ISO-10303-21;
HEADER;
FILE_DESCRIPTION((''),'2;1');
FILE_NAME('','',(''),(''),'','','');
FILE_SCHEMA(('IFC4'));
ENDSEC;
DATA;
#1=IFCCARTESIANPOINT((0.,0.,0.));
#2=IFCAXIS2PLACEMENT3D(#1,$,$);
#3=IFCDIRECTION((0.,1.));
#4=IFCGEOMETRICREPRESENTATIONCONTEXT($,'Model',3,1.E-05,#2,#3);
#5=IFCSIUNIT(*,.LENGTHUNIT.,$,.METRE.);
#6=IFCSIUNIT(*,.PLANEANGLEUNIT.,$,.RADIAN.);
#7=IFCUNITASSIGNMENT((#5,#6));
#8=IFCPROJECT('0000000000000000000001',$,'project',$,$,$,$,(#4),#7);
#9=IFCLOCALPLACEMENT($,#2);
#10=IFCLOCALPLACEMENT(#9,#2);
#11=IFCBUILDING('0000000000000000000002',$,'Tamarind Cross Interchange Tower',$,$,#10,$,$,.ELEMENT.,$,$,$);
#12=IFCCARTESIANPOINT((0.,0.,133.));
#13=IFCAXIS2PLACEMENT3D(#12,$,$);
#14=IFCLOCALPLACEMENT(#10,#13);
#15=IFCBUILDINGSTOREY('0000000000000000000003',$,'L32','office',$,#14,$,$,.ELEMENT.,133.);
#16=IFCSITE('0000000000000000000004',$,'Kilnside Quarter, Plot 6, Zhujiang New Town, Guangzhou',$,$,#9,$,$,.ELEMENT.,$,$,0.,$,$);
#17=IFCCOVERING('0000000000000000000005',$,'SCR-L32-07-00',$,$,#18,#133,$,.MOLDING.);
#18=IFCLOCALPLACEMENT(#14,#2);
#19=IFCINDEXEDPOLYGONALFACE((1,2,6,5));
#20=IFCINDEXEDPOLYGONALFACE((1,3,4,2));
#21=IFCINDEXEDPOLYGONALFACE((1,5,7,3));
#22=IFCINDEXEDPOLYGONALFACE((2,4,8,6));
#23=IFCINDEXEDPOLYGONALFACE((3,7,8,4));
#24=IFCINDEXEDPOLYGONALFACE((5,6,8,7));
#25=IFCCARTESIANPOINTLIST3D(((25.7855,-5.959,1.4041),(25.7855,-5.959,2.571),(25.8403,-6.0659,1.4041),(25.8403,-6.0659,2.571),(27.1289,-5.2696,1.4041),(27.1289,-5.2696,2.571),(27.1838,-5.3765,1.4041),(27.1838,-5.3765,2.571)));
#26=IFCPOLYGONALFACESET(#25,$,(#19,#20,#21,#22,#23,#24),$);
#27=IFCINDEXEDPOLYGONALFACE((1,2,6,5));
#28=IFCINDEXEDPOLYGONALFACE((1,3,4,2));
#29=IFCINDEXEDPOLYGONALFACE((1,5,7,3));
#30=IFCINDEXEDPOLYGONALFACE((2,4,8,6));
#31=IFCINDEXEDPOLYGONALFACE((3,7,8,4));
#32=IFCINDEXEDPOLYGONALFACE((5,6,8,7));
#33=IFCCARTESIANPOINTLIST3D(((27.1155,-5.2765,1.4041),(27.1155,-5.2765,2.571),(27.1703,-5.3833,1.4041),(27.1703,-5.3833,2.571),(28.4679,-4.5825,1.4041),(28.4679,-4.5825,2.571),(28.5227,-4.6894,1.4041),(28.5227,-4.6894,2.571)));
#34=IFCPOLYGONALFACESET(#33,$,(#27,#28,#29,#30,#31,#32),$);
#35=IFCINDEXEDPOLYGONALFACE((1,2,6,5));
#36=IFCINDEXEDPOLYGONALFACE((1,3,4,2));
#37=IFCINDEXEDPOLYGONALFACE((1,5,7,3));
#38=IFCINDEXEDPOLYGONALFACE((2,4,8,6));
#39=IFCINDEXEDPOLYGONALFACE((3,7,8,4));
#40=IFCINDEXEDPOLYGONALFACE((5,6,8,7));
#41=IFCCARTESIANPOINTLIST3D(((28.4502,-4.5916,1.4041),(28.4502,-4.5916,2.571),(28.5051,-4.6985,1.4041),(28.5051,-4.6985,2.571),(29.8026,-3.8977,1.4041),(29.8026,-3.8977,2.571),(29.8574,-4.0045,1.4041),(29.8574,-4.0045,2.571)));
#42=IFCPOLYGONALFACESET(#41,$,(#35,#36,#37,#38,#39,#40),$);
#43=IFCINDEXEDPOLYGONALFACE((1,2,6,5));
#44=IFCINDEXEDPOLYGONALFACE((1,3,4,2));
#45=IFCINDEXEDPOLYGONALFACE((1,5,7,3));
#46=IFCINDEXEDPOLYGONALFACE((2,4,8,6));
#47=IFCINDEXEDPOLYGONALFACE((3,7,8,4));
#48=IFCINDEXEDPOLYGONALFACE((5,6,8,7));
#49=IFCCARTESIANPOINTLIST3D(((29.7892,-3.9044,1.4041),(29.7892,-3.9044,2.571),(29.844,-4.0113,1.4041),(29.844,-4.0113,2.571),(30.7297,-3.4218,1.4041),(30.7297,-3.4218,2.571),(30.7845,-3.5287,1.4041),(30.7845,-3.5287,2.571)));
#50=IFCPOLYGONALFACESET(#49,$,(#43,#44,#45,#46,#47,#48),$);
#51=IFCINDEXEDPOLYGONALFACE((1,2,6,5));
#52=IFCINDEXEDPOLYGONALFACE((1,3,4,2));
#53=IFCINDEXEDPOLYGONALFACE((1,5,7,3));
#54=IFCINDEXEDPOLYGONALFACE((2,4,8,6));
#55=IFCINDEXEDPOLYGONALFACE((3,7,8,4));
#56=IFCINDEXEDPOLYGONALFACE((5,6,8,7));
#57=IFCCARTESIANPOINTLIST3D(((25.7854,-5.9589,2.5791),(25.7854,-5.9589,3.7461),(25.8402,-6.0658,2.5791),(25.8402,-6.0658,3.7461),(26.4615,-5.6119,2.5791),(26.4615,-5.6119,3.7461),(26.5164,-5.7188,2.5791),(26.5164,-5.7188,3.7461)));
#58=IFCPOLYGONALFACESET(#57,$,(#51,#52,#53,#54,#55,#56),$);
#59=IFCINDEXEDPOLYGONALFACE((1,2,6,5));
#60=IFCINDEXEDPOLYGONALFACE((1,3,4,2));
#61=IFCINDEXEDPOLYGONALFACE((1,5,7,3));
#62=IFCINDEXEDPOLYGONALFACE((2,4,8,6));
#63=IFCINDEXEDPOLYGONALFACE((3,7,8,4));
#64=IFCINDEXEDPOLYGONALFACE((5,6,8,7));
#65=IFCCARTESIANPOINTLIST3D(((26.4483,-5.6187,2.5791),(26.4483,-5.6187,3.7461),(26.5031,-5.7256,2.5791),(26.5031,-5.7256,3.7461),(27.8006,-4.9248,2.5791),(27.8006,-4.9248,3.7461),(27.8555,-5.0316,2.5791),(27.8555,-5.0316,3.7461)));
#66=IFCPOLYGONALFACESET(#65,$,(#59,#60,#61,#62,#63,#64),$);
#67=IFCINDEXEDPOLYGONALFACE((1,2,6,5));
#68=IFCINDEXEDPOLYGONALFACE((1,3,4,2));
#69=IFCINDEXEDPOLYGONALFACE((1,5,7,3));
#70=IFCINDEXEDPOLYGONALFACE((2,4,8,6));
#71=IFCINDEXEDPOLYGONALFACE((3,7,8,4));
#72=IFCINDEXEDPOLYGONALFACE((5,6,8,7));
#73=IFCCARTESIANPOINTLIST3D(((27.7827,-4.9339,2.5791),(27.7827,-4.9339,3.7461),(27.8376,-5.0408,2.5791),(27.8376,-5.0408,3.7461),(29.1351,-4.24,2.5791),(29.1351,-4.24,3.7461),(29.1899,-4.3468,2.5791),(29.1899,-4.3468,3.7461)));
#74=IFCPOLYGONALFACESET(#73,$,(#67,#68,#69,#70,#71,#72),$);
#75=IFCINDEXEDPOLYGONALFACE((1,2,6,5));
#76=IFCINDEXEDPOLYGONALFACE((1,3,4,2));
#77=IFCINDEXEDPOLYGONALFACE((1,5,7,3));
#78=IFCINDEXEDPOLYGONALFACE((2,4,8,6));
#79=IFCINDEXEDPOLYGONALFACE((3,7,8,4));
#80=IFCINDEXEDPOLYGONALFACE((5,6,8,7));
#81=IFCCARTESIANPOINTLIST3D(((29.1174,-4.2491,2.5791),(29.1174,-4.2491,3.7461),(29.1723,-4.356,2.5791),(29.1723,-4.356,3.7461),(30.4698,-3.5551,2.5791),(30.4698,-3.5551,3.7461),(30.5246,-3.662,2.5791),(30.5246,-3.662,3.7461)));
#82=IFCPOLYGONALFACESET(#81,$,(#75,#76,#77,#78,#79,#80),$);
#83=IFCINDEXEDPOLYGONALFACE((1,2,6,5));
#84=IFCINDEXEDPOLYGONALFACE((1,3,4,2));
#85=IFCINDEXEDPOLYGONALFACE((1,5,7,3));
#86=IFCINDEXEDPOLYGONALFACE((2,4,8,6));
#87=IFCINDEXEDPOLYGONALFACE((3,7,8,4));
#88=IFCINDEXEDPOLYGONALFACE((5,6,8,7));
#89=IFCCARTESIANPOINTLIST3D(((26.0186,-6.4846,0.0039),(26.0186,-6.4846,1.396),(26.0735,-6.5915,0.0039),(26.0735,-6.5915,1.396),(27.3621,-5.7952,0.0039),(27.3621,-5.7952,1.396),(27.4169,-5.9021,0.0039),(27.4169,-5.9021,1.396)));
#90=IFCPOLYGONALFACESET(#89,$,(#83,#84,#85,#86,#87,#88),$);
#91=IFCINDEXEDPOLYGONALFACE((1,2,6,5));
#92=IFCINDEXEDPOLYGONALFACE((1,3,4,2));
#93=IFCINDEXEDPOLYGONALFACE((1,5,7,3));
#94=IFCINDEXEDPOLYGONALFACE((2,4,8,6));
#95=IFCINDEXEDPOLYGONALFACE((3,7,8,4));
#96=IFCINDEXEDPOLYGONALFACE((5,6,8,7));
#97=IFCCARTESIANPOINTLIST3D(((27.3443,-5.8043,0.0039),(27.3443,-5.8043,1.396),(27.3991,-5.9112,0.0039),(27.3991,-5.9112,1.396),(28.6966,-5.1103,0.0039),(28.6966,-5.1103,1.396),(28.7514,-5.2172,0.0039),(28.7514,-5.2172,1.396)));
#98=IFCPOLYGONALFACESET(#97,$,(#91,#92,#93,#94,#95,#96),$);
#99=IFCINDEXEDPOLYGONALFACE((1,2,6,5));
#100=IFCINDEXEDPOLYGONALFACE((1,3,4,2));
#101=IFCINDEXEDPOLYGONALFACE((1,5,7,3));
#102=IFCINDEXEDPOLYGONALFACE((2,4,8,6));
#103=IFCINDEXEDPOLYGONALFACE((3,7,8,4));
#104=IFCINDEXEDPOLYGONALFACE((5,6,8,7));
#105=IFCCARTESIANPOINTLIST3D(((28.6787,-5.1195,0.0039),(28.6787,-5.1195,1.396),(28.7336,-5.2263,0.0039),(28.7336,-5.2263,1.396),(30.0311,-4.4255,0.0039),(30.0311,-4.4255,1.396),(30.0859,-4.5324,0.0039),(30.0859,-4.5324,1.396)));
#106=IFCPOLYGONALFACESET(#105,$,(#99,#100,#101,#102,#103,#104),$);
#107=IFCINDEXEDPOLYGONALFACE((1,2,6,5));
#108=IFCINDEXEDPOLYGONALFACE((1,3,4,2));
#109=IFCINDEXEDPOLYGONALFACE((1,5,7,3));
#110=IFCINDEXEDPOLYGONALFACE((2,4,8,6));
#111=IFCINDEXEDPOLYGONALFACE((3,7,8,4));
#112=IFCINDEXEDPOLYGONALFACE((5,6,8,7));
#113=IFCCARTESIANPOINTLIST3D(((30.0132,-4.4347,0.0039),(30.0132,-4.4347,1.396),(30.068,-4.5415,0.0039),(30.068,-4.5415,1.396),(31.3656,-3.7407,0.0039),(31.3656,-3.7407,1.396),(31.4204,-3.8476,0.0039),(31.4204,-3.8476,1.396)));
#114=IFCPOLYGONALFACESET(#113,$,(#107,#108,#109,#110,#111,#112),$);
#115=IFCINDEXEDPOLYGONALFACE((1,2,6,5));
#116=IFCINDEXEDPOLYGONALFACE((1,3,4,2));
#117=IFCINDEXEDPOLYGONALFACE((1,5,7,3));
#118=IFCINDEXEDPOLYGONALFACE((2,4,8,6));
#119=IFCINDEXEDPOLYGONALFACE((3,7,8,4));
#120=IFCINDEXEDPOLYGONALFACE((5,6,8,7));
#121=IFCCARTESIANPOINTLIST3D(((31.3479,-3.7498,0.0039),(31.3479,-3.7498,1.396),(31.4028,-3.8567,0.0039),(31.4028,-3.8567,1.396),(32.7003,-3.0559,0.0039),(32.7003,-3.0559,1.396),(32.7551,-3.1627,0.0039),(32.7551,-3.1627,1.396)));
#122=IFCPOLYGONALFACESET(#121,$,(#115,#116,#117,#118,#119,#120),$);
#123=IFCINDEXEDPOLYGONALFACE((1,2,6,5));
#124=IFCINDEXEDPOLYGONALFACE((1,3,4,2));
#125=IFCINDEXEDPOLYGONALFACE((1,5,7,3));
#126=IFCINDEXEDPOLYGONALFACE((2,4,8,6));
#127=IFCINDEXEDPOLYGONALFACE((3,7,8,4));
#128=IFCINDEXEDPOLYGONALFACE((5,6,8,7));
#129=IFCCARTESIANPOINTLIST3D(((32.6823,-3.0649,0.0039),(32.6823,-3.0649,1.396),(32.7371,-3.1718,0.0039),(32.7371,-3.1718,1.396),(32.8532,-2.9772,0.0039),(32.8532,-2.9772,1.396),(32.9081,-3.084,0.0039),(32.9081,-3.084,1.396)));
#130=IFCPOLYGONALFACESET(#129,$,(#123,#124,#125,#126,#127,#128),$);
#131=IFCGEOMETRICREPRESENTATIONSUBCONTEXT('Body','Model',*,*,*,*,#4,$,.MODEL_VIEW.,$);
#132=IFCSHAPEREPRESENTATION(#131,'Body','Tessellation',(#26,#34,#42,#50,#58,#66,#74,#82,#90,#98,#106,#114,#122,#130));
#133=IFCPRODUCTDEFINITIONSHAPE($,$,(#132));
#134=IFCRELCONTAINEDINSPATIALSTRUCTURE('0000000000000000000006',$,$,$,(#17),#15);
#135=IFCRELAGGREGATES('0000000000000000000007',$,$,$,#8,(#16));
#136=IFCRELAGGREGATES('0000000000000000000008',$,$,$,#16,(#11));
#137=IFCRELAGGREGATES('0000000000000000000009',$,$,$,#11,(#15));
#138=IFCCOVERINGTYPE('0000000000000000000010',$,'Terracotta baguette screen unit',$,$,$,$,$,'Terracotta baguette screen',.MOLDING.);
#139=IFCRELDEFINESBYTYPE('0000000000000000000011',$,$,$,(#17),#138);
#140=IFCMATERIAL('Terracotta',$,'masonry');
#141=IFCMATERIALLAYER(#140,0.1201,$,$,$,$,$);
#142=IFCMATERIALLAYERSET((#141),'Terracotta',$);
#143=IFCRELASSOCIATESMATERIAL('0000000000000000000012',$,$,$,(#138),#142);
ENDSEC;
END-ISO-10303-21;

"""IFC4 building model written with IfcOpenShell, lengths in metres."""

from ifc_helpers import new_model, si_unit, direction, frame, origin, origin_2d, place, context, subcontext, project, spatial, rectangle, extrude, material, layer, layer_set, type_object, element, save


model = new_model("IFC4")

# Units and contexts
model_context = context("Model", 3, precision=1e-05, world=origin(), true_north=direction((0.0, 1.0)))
body_context = subcontext(model_context, "Body", "Model", "MODEL_VIEW")
ifc_project = project(units=[si_unit("LENGTHUNIT", "METRE"), si_unit("PLANEANGLEUNIT", "RADIAN")], contexts=[model_context])

# Site, building, storey
site_placement = place(None, origin())
site = spatial("IfcSite", under=ifc_project, at=site_placement, Name="Kilnside Quarter, Plot 6, Zhujiang New Town, Guangzhou", CompositionType="ELEMENT", RefElevation=0.0)
building_placement = place(site_placement, origin())
building = spatial("IfcBuilding", under=site, at=building_placement, Name="Tamarind Cross Interchange Tower", CompositionType="ELEMENT")
storey_placement = place(building_placement, frame((0.0, 0.0, 133.0)))
storey = spatial("IfcBuildingStorey", under=building, at=storey_placement, Name="L32", Description="office", CompositionType="ELEMENT", Elevation=133.0)

# Covering
ifc_material_1 = material(Name="Terracotta", Category="masonry")
ifc_layer_1 = layer(ifc_material_1, 0.1201)
ifc_layer_set_1 = layer_set([ifc_layer_1], Name="Terracotta")
covering_type = type_object("IfcCoveringType", Name="Terracotta baguette screen unit", ElementType="Terracotta baguette screen", PredefinedType="MOLDING", material=ifc_layer_set_1)
covering_1_placement = place(storey_placement, origin())
element("IfcCovering", 1, at=covering_1_placement, inside=storey, type_object=covering_type, Name="SCR-L32-07-00", PredefinedType="MOLDING", context=body_context, shape_type="SweptSolid", body=[
    extrude(rectangle(XDim=1.51, YDim=0.1201, at=origin_2d()), frame((26.4846, -5.6677, 1.4041), z_axis=(0.0, 0.0, 1.0), x_axis=(0.889697, 0.456551, 0.0)), (0.0, 0.0, 1.0), 1.167),
    extrude(rectangle(XDim=1.52, YDim=0.1201, at=origin_2d()), frame((27.8191, -4.9829, 1.4041), z_axis=(0.0, 0.0, 1.0), x_axis=(0.889697, 0.456551, 0.0)), (0.0, 0.0, 1.0), 1.167),
    extrude(rectangle(XDim=1.52, YDim=0.1201, at=origin_2d()), frame((29.1538, -4.2981, 1.4041), z_axis=(0.0, 0.0, 1.0), x_axis=(0.889697, 0.456551, 0.0)), (0.0, 0.0, 1.0), 1.167),
    extrude(rectangle(XDim=1.0571, YDim=0.1201, at=origin_2d()), frame((30.2869, -3.7166, 1.4041), z_axis=(0.0, 0.0, 1.0), x_axis=(0.889697, 0.456551, 0.0)), (0.0, 0.0, 1.0), 1.167),
    extrude(rectangle(XDim=0.76, YDim=0.1201, at=origin_2d()), frame((26.1509, -5.8389, 2.5791), z_axis=(0.0, 0.0, 1.0), x_axis=(0.889697, 0.456551, 0.0)), (0.0, 0.0, 1.0), 1.167),
    extrude(rectangle(XDim=1.52, YDim=0.1201, at=origin_2d()), frame((27.1519, -5.3252, 2.5791), z_axis=(0.0, 0.0, 1.0), x_axis=(0.889697, 0.456551, 0.0)), (0.0, 0.0, 1.0), 1.167),
    extrude(rectangle(XDim=1.52, YDim=0.1201, at=origin_2d()), frame((28.4863, -4.6404, 2.5791), z_axis=(0.0, 0.0, 1.0), x_axis=(0.889697, 0.456551, 0.0)), (0.0, 0.0, 1.0), 1.167),
    extrude(rectangle(XDim=1.52, YDim=0.1201, at=origin_2d()), frame((29.821, -3.9556, 2.5791), z_axis=(0.0, 0.0, 1.0), x_axis=(0.889697, 0.456551, 0.0)), (0.0, 0.0, 1.0), 1.167),
    extrude(rectangle(XDim=1.51, YDim=0.1201, at=origin_2d()), frame((26.7178, -6.1934, 0.0039), z_axis=(0.0, 0.0, 1.0), x_axis=(0.889697, 0.456551, 0.0)), (0.0, 0.0, 1.0), 1.3921),
    extrude(rectangle(XDim=1.52, YDim=0.1201, at=origin_2d()), frame((28.0479, -5.5107, 0.0039), z_axis=(0.0, 0.0, 1.0), x_axis=(0.889697, 0.456551, 0.0)), (0.0, 0.0, 1.0), 1.3921),
    extrude(rectangle(XDim=1.52, YDim=0.1201, at=origin_2d()), frame((29.3823, -4.8259, 0.0039), z_axis=(0.0, 0.0, 1.0), x_axis=(0.889697, 0.456551, 0.0)), (0.0, 0.0, 1.0), 1.3921),
    extrude(rectangle(XDim=1.52, YDim=0.1201, at=origin_2d()), frame((30.7168, -4.1411, 0.0039), z_axis=(0.0, 0.0, 1.0), x_axis=(0.889697, 0.456551, 0.0)), (0.0, 0.0, 1.0), 1.3921),
    extrude(rectangle(XDim=1.52, YDim=0.1201, at=origin_2d()), frame((32.0515, -3.4563, 0.0039), z_axis=(0.0, 0.0, 1.0), x_axis=(0.889697, 0.456551, 0.0)), (0.0, 0.0, 1.0), 1.3921),
    extrude(rectangle(XDim=0.1921, YDim=0.1201, at=origin_2d()), frame((32.7952, -3.0745, 0.0039), z_axis=(0.0, 0.0, 1.0), x_axis=(0.889697, 0.456551, 0.0)), (0.0, 0.0, 1.0), 1.3921),
])

save(model, "model.ifc")
